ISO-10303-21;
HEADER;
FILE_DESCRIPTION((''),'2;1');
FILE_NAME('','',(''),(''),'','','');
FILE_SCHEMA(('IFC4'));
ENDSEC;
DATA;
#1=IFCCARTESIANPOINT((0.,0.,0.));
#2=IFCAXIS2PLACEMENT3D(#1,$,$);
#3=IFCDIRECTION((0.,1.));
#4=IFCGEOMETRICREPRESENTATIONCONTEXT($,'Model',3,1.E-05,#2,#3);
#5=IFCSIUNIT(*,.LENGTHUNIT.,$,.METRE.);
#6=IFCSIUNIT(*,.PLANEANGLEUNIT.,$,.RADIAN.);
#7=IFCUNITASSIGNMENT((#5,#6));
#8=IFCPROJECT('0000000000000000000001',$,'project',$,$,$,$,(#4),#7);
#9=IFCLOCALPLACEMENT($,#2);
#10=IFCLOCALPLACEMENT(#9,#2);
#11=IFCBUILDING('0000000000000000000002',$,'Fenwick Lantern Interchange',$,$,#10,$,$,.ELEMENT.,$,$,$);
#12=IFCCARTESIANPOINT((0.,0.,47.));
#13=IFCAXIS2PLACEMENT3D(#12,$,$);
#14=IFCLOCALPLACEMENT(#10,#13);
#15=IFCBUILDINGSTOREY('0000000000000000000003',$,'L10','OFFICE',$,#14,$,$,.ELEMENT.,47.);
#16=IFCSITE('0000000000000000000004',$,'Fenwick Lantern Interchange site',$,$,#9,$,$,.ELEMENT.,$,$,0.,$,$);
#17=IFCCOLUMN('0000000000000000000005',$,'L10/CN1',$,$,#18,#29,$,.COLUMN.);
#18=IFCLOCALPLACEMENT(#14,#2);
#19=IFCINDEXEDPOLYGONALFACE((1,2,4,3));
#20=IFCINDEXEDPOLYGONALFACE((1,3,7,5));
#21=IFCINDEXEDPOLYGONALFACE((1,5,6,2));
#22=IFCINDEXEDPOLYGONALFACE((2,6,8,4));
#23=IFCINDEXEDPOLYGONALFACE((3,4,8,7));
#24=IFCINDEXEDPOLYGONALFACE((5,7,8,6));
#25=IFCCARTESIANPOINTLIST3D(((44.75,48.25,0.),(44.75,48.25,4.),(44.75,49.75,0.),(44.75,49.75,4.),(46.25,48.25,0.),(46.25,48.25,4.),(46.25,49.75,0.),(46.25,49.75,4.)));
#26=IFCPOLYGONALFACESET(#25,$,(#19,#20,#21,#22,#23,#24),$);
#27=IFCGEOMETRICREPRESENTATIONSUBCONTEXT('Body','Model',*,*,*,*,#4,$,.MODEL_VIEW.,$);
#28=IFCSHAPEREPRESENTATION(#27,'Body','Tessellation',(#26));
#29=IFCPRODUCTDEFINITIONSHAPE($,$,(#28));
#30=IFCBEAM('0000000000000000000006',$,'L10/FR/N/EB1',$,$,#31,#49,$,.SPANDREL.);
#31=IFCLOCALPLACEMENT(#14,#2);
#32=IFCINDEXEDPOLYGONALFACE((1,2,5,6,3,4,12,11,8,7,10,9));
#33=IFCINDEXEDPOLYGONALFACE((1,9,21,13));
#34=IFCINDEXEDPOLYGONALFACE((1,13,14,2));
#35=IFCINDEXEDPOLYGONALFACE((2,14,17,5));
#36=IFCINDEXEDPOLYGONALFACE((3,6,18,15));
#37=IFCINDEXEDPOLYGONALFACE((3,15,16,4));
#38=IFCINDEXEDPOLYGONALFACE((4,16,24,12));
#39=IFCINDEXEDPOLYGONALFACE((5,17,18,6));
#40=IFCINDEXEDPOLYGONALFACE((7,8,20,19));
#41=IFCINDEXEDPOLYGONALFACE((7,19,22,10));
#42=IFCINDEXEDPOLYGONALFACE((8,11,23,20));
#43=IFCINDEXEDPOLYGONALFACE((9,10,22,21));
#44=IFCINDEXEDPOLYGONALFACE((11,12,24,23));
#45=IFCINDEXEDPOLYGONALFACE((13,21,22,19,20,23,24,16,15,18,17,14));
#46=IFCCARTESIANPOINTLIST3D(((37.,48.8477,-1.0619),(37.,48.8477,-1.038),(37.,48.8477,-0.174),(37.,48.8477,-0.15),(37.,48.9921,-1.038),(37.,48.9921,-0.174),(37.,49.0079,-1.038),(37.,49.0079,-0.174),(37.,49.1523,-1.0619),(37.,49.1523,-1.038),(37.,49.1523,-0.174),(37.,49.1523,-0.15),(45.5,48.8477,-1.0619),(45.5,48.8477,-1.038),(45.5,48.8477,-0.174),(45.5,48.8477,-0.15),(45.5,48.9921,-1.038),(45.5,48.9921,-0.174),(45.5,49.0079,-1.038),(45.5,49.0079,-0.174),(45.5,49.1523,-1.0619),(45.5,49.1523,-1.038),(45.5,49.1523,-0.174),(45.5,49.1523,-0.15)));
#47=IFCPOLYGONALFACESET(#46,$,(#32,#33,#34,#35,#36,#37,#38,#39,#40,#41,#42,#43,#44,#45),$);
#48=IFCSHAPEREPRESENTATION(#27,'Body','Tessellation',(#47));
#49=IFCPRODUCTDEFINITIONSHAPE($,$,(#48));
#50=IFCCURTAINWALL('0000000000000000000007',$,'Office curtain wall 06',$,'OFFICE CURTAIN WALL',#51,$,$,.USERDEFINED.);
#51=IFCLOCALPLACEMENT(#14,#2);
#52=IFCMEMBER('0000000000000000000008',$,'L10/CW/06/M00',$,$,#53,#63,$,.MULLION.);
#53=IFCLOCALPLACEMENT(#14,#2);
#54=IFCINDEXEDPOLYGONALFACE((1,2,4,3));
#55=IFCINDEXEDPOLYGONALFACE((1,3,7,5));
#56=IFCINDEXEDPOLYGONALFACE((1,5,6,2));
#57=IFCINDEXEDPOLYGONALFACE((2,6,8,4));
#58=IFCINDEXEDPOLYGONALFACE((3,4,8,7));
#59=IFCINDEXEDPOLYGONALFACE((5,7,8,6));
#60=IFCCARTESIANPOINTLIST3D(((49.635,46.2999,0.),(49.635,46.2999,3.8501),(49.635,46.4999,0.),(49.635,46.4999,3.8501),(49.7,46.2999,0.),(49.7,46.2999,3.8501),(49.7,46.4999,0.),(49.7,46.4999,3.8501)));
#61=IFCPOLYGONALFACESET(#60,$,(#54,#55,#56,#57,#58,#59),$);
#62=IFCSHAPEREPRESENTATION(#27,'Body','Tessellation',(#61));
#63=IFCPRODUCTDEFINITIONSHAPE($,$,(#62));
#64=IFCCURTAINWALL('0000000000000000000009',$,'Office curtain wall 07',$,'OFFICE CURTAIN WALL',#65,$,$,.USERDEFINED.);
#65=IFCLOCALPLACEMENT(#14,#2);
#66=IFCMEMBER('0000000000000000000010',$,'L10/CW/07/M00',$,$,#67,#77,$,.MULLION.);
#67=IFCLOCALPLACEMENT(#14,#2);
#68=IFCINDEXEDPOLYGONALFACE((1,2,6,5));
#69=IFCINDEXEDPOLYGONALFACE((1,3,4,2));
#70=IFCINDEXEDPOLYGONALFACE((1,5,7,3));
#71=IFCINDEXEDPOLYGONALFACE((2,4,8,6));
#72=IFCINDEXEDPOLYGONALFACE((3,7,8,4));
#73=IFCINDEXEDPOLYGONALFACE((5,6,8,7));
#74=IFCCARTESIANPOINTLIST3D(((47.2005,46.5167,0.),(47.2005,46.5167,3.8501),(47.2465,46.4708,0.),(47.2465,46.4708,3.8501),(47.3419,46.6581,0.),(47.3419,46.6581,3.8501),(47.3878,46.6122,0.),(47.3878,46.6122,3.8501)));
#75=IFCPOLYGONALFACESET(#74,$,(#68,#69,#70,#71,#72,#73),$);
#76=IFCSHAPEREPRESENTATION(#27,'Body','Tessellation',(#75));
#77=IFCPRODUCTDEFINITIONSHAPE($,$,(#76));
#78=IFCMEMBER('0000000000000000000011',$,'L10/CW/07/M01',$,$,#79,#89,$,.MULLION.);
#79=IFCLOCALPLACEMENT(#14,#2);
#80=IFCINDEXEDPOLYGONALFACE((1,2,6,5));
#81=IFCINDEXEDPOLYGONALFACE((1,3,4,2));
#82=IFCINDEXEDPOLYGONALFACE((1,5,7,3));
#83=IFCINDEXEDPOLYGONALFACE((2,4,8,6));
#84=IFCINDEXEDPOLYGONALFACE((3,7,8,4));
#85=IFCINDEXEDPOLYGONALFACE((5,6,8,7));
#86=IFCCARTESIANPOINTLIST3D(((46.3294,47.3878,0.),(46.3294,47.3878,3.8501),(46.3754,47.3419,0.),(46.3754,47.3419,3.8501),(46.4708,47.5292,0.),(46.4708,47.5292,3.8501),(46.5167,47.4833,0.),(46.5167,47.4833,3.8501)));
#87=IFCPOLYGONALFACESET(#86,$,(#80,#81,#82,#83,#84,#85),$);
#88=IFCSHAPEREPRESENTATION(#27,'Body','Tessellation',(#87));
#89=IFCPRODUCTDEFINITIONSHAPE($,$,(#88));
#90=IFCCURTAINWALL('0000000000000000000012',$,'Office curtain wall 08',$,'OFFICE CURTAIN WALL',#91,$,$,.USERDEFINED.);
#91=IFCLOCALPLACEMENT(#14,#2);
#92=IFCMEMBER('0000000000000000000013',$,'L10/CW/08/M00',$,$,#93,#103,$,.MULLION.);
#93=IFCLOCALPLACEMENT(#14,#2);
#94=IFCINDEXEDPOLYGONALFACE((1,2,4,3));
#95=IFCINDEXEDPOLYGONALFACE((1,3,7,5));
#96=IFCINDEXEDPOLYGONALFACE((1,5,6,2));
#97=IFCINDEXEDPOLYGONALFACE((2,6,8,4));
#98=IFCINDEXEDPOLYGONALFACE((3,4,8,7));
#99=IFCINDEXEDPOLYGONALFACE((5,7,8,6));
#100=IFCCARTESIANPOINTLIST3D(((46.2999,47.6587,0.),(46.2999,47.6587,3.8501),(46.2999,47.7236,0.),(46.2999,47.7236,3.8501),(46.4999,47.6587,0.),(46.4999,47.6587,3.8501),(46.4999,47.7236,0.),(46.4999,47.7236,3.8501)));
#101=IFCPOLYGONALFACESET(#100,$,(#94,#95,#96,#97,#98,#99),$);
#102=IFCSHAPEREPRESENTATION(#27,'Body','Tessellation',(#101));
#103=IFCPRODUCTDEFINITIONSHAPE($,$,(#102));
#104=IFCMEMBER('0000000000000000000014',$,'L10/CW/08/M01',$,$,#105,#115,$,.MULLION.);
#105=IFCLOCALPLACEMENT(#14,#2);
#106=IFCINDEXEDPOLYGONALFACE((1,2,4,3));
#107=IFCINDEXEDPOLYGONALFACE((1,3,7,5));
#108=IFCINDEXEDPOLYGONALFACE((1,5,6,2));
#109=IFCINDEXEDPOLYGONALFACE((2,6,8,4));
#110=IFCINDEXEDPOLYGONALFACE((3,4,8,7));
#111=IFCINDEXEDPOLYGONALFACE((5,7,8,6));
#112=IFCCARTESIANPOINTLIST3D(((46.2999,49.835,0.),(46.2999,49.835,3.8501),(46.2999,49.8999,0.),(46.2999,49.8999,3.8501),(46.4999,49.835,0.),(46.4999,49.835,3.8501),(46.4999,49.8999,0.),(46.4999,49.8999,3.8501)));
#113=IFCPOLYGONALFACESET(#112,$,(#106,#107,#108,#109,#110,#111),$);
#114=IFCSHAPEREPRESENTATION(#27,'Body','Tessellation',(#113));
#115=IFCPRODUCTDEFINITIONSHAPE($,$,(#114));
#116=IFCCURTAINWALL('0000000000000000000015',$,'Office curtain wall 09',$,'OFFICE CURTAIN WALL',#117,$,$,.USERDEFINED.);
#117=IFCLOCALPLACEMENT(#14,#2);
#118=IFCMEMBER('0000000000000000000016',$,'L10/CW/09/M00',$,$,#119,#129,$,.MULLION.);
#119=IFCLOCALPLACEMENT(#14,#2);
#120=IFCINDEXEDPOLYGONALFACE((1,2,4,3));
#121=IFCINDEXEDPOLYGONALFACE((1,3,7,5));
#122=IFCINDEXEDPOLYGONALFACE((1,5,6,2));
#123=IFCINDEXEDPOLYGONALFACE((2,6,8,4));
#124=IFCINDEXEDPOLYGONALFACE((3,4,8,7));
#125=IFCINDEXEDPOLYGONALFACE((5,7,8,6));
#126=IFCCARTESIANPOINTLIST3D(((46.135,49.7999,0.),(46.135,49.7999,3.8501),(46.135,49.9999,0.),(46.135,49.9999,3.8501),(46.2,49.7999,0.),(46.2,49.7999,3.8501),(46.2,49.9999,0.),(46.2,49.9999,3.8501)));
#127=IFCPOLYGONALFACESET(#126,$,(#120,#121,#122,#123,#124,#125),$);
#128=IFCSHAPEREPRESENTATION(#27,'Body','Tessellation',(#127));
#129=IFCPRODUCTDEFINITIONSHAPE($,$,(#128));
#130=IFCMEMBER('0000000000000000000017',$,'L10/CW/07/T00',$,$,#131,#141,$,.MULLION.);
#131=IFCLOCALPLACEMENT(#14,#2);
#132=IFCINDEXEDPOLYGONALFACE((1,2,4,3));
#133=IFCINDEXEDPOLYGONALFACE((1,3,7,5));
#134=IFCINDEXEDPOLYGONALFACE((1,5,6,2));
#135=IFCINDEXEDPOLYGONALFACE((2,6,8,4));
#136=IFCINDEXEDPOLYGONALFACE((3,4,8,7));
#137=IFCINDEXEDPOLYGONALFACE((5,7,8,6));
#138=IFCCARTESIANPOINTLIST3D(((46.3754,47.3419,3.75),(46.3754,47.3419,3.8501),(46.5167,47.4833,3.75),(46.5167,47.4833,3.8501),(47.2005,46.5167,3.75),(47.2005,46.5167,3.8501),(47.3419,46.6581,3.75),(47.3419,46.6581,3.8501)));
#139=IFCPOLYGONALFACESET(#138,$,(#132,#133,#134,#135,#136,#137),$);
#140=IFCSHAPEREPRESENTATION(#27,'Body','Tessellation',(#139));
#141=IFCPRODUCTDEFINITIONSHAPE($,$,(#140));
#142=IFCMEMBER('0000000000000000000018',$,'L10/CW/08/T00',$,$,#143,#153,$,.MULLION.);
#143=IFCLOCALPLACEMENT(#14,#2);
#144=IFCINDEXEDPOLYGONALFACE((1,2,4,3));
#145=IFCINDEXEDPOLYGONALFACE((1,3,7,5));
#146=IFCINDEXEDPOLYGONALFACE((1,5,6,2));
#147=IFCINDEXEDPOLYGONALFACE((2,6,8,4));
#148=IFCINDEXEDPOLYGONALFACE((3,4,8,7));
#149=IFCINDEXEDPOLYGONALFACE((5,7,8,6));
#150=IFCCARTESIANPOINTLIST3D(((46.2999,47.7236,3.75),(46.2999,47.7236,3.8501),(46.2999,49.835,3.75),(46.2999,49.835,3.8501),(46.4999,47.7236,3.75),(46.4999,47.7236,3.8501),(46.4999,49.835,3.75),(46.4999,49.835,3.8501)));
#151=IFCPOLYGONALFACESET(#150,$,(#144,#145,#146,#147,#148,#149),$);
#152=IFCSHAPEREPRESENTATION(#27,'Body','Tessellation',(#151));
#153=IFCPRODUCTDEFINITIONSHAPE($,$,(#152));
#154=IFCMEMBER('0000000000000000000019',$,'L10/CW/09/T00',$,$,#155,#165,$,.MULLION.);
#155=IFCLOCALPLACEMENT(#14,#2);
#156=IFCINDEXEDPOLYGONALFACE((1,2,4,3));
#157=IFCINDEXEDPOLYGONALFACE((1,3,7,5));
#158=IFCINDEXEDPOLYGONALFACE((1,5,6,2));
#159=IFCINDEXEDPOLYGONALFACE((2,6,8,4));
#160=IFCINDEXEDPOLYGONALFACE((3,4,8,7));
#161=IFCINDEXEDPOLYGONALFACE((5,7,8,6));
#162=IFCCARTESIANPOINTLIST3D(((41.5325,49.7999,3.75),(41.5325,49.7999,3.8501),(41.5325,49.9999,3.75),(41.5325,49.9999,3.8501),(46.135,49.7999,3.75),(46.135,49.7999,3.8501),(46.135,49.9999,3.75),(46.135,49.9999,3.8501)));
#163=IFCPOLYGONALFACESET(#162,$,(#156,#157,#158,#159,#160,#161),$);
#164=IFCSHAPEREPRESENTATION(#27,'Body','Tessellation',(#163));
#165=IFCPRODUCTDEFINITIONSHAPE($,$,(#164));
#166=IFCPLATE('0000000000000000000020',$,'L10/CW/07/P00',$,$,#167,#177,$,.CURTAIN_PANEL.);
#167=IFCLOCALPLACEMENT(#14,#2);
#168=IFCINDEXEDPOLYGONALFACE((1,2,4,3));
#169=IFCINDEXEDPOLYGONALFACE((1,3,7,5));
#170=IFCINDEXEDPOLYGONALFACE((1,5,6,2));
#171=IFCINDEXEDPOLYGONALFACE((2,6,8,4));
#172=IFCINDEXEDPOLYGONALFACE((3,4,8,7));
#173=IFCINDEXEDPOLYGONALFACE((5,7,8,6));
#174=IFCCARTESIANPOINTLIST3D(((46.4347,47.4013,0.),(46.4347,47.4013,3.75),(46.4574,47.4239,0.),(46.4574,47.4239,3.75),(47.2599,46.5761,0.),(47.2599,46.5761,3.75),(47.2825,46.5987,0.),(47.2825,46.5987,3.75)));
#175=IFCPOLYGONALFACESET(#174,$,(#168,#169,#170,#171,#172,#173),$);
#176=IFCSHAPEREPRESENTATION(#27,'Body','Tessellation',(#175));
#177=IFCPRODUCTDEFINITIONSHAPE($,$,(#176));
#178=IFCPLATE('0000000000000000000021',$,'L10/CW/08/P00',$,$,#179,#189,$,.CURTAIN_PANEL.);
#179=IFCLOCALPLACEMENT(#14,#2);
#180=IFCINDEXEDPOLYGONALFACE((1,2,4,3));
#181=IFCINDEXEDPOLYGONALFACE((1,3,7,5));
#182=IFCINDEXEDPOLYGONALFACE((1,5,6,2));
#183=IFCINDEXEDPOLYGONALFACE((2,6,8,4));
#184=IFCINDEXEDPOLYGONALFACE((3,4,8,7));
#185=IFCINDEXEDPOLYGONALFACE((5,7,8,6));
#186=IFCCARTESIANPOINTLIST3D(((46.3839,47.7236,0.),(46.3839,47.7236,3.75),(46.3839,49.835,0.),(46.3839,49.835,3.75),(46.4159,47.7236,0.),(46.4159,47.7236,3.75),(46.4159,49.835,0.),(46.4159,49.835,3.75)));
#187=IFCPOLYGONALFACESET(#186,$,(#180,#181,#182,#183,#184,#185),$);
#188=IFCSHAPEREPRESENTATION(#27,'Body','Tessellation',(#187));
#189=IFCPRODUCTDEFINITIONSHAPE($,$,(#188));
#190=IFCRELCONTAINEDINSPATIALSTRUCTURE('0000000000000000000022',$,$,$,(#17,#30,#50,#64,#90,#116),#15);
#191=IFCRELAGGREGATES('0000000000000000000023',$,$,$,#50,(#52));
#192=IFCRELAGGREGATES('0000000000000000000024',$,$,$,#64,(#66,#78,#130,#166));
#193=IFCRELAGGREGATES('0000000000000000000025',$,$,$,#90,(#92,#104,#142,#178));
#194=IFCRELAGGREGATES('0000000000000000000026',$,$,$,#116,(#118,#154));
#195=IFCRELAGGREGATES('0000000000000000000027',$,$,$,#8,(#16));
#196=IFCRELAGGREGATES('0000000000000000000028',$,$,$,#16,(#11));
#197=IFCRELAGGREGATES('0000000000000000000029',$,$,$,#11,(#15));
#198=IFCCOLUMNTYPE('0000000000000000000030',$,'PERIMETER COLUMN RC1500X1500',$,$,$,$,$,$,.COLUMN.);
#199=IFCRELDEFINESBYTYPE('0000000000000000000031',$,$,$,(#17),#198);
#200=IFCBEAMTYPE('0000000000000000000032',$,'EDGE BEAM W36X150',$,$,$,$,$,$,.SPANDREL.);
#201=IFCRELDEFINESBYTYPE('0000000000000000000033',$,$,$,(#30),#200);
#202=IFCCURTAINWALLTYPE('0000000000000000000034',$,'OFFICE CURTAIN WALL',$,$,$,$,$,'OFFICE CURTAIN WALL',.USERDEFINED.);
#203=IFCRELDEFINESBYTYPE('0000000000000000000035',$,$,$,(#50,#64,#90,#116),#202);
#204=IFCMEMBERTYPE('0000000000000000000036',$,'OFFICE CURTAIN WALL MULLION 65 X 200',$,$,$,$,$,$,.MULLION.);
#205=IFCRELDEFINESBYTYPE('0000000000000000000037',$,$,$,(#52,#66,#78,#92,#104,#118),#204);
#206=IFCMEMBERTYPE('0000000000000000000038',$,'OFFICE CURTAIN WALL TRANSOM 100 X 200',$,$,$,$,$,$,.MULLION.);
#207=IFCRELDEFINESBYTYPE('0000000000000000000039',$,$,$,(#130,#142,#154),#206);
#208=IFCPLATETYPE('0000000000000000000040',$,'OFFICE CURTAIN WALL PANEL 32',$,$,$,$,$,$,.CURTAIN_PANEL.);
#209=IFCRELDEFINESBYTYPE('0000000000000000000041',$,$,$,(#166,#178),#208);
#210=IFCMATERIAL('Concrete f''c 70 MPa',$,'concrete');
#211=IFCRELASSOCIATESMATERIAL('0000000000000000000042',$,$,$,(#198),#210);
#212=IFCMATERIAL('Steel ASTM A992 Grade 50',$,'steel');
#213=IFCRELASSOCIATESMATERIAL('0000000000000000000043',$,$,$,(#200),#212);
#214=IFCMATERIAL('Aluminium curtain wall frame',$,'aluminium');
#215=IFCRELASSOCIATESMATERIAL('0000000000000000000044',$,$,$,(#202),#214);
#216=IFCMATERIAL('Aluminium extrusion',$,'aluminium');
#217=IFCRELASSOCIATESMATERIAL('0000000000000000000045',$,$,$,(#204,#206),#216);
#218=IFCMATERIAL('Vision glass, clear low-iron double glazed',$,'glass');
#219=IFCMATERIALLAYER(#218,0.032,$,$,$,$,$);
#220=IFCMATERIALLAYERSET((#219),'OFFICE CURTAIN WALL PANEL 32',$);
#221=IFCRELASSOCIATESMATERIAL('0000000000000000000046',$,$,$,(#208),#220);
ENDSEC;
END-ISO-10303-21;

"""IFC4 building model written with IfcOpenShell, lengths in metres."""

from ifc_helpers import new_model, si_unit, direction, frame, origin, origin_2d, place, context, subcontext, project, spatial, rectangle, i_section, extrude, material, layer, layer_set, material_profile, profile_set, type_object, element, aggregate, save


model = new_model("IFC4")

# Units and contexts
model_context = context("Model", 3, precision=1e-05, world=origin(), true_north=direction((0.0, 1.0)))
body_context = subcontext(model_context, "Body", "Model", "MODEL_VIEW")
ifc_project = project(units=[si_unit("LENGTHUNIT", "METRE"), si_unit("PLANEANGLEUNIT", "RADIAN")], contexts=[model_context])

# Site, building, storey
site_placement = place(None, origin())
site = spatial("IfcSite", under=ifc_project, at=site_placement, Name="Fenwick Lantern Interchange site", CompositionType="ELEMENT", RefElevation=0.0)
building_placement = place(site_placement, origin())
building = spatial("IfcBuilding", under=site, at=building_placement, Name="Fenwick Lantern Interchange", CompositionType="ELEMENT")
storey_placement = place(building_placement, frame((0.0, 0.0, 47.0)))
storey = spatial("IfcBuildingStorey", under=building, at=storey_placement, Name="L10", Description="OFFICE", CompositionType="ELEMENT", Elevation=47.0)

# Column
ifc_material_1 = material(Name="Concrete f'c 70 MPa", Category="concrete")
ifc_material_profile_1 = material_profile(ifc_material_1, rectangle(XDim=1.5, YDim=1.5, at=origin_2d()), Name="RC1500X1500")
ifc_profile_set_1 = profile_set([ifc_material_profile_1], Name="Concrete f'c 70 MPa")
column_type = type_object("IfcColumnType", Name="PERIMETER COLUMN RC1500X1500", PredefinedType="COLUMN", material=ifc_profile_set_1)
column_placement = place(storey_placement, frame((45.5, 49.0, 0.0), z_axis=(0.0, 0.0, 1.0), x_axis=(1.0, 0.0, 0.0)))
element("IfcColumn", 1, at=column_placement, inside=storey, type_object=column_type, Name="L10/CN1", PredefinedType="COLUMN", context=body_context, shape_type="SweptSolid", body=[
    extrude(rectangle(XDim=1.5, YDim=1.5, at=origin_2d()), origin(), (0.0, 0.0, 1.0), 4.0),
])

# Beam
ifc_material_2 = material(Name="Steel ASTM A992 Grade 50", Category="steel")
ifc_material_profile_2 = material_profile(ifc_material_2, i_section(OverallWidth=0.3047, OverallDepth=0.9119, WebThickness=0.0159, FlangeThickness=0.0239, at=origin_2d()), Name="W36X150")
ifc_profile_set_2 = profile_set([ifc_material_profile_2], Name="Steel ASTM A992 Grade 50")
beam_type = type_object("IfcBeamType", Name="EDGE BEAM W36X150", PredefinedType="SPANDREL", material=ifc_profile_set_2)
beam_placement = place(storey_placement, frame((45.5, 49.0, -0.606), z_axis=(-1.0, 0.0, 0.0), x_axis=(0.0, -1.0, 0.0)))
element("IfcBeam", 2, at=beam_placement, inside=storey, type_object=beam_type, Name="L10/FR/N/EB1", PredefinedType="SPANDREL", context=body_context, shape_type="SweptSolid", body=[
    extrude(i_section(OverallWidth=0.3047, OverallDepth=0.9119, WebThickness=0.0159, FlangeThickness=0.0239, at=origin_2d()), origin(), (0.0, 0.0, 1.0), 8.5),
])

# Curtain wall, member
ifc_material_3 = material(Name="Aluminium curtain wall frame", Category="aluminium")
curtain_wall_type = type_object("IfcCurtainWallType", Name="OFFICE CURTAIN WALL", ElementType="OFFICE CURTAIN WALL", PredefinedType="USERDEFINED", material=ifc_material_3)
curtain_wall_1_placement = place(storey_placement, origin())
curtain_wall_1 = element("IfcCurtainWall", 3, at=curtain_wall_1_placement, inside=storey, type_object=curtain_wall_type, Name="Office curtain wall 06", ObjectType="OFFICE CURTAIN WALL", PredefinedType="USERDEFINED")
ifc_material_4 = material(Name="Aluminium extrusion", Category="aluminium")
ifc_material_profile_3 = material_profile(ifc_material_4, rectangle(XDim=0.2, YDim=0.0649, at=origin_2d()), Name="OFFICE CURTAIN WALL MULLION 65 X 200")
ifc_profile_set_3 = profile_set([ifc_material_profile_3], Name="Aluminium extrusion")
member_type_1 = type_object("IfcMemberType", Name="OFFICE CURTAIN WALL MULLION 65 X 200", PredefinedType="MULLION", material=ifc_profile_set_3)
member_1_placement = place(storey_placement, frame((49.6675, 46.3999, 0.0), z_axis=(0.0, 0.0, 1.0), x_axis=(0.0, -1.0, 0.0)))
member_1 = element("IfcMember", 4, at=member_1_placement, type_object=member_type_1, Name="L10/CW/06/M00", PredefinedType="MULLION", context=body_context, shape_type="SweptSolid", body=[
    extrude(rectangle(XDim=0.2, YDim=0.0649, at=origin_2d()), origin(), (0.0, 0.0, 1.0), 3.8501),
])
aggregate(curtain_wall_1, [member_1])

# Curtain walls, members
curtain_wall_2_placement = place(storey_placement, origin())
curtain_wall_2 = element("IfcCurtainWall", 5, at=curtain_wall_2_placement, inside=storey, type_object=curtain_wall_type, Name="Office curtain wall 07", ObjectType="OFFICE CURTAIN WALL", PredefinedType="USERDEFINED")
member_2_placement = place(storey_placement, frame((47.2942, 46.5645, 0.0), z_axis=(0.0, 0.0, 1.0), x_axis=(-0.707107, -0.707107, 0.0)))
member_2 = element("IfcMember", 6, at=member_2_placement, type_object=member_type_1, Name="L10/CW/07/M00", PredefinedType="MULLION", context=body_context, shape_type="SweptSolid", body=[
    extrude(rectangle(XDim=0.2, YDim=0.0649, at=origin_2d()), origin(), (0.0, 0.0, 1.0), 3.8501),
])
member_3_placement = place(storey_placement, frame((46.4231, 47.4355, 0.0), z_axis=(0.0, 0.0, 1.0), x_axis=(-0.707107, -0.707107, 0.0)))
member_3 = element("IfcMember", 7, at=member_3_placement, type_object=member_type_1, Name="L10/CW/07/M01", PredefinedType="MULLION", context=body_context, shape_type="SweptSolid", body=[
    extrude(rectangle(XDim=0.2, YDim=0.0649, at=origin_2d()), origin(), (0.0, 0.0, 1.0), 3.8501),
])
curtain_wall_3_placement = place(storey_placement, origin())
curtain_wall_3 = element("IfcCurtainWall", 8, at=curtain_wall_3_placement, inside=storey, type_object=curtain_wall_type, Name="Office curtain wall 08", ObjectType="OFFICE CURTAIN WALL", PredefinedType="USERDEFINED")
member_4_placement = place(storey_placement, frame((46.3999, 47.6912, 0.0), z_axis=(0.0, 0.0, 1.0), x_axis=(-1.0, 0.0, 0.0)))
member_4 = element("IfcMember", 9, at=member_4_placement, type_object=member_type_1, Name="L10/CW/08/M00", PredefinedType="MULLION", context=body_context, shape_type="SweptSolid", body=[
    extrude(rectangle(XDim=0.2, YDim=0.0649, at=origin_2d()), origin(), (0.0, 0.0, 1.0), 3.8501),
])
member_5_placement = place(storey_placement, frame((46.3999, 49.8674, 0.0), z_axis=(0.0, 0.0, 1.0), x_axis=(-1.0, 0.0, 0.0)))
member_5 = element("IfcMember", 10, at=member_5_placement, type_object=member_type_1, Name="L10/CW/08/M01", PredefinedType="MULLION", context=body_context, shape_type="SweptSolid", body=[
    extrude(rectangle(XDim=0.2, YDim=0.0649, at=origin_2d()), origin(), (0.0, 0.0, 1.0), 3.8501),
])

# Curtain wall, member
curtain_wall_4_placement = place(storey_placement, origin())
curtain_wall_4 = element("IfcCurtainWall", 11, at=curtain_wall_4_placement, inside=storey, type_object=curtain_wall_type, Name="Office curtain wall 09", ObjectType="OFFICE CURTAIN WALL", PredefinedType="USERDEFINED")
member_6_placement = place(storey_placement, frame((46.1675, 49.8999, 0.0), z_axis=(0.0, 0.0, 1.0), x_axis=(0.0, -1.0, 0.0)))
member_6 = element("IfcMember", 12, at=member_6_placement, type_object=member_type_1, Name="L10/CW/09/M00", PredefinedType="MULLION", context=body_context, shape_type="SweptSolid", body=[
    extrude(rectangle(XDim=0.2, YDim=0.0649, at=origin_2d()), origin(), (0.0, 0.0, 1.0), 3.8501),
])

# Members
ifc_material_profile_4 = material_profile(ifc_material_4, rectangle(XDim=0.2, YDim=0.1001, at=origin_2d()), Name="OFFICE CURTAIN WALL TRANSOM 100 X 200")
ifc_profile_set_4 = profile_set([ifc_material_profile_4], Name="Aluminium extrusion")
member_type_2 = type_object("IfcMemberType", Name="OFFICE CURTAIN WALL TRANSOM 100 X 200", PredefinedType="MULLION", material=ifc_profile_set_4)
member_7_placement = place(storey_placement, frame((47.2712, 46.5874, 3.8), z_axis=(-0.707107, 0.707107, 0.0), x_axis=(-0.707107, -0.707107, 0.0)))
member_7 = element("IfcMember", 13, at=member_7_placement, type_object=member_type_2, Name="L10/CW/07/T00", PredefinedType="MULLION", context=body_context, shape_type="SweptSolid", body=[
    extrude(rectangle(XDim=0.2, YDim=0.1001, at=origin_2d()), origin(), (0.0, 0.0, 1.0), 1.167),
])
member_8_placement = place(storey_placement, frame((46.3999, 47.7236, 3.8), z_axis=(0.0, 1.0, 0.0), x_axis=(-1.0, 0.0, 0.0)))
member_8 = element("IfcMember", 14, at=member_8_placement, type_object=member_type_2, Name="L10/CW/08/T00", PredefinedType="MULLION", context=body_context, shape_type="SweptSolid", body=[
    extrude(rectangle(XDim=0.2, YDim=0.1001, at=origin_2d()), origin(), (0.0, 0.0, 1.0), 2.1113),
])
member_9_placement = place(storey_placement, frame((46.135, 49.8999, 3.8), z_axis=(-1.0, 0.0, 0.0), x_axis=(0.0, -1.0, 0.0)))
member_9 = element("IfcMember", 15, at=member_9_placement, type_object=member_type_2, Name="L10/CW/09/T00", PredefinedType="MULLION", context=body_context, shape_type="SweptSolid", body=[
    extrude(rectangle(XDim=0.2, YDim=0.1001, at=origin_2d()), origin(), (0.0, 0.0, 1.0), 4.6025),
])

# Plates
ifc_material_5 = material(Name="Vision glass, clear low-iron double glazed", Category="glass")
ifc_layer_1 = layer(ifc_material_5, 0.032)
ifc_layer_set_1 = layer_set([ifc_layer_1], Name="OFFICE CURTAIN WALL PANEL 32")
plate_type = type_object("IfcPlateType", Name="OFFICE CURTAIN WALL PANEL 32", PredefinedType="CURTAIN_PANEL", material=ifc_layer_set_1)
plate_1_placement = place(storey_placement, frame((46.8586, 47.0, 0.0), z_axis=(0.0, 0.0, 1.0), x_axis=(-0.707107, 0.707107, 0.0)))
plate_1 = element("IfcPlate", 16, at=plate_1_placement, type_object=plate_type, Name="L10/CW/07/P00", PredefinedType="CURTAIN_PANEL", context=body_context, shape_type="SweptSolid", body=[
    extrude(rectangle(XDim=1.167, YDim=0.032, at=origin_2d()), origin(), (0.0, 0.0, 1.0), 3.75),
])
aggregate(curtain_wall_2, [member_2, member_3, member_7, plate_1])
plate_2_placement = place(storey_placement, frame((46.3999, 48.7793, 0.0), z_axis=(0.0, 0.0, 1.0), x_axis=(0.0, 1.0, 0.0)))
plate_2 = element("IfcPlate", 17, at=plate_2_placement, type_object=plate_type, Name="L10/CW/08/P00", PredefinedType="CURTAIN_PANEL", context=body_context, shape_type="SweptSolid", body=[
    extrude(rectangle(XDim=2.1113, YDim=0.032, at=origin_2d()), origin(), (0.0, 0.0, 1.0), 3.75),
])
aggregate(curtain_wall_3, [member_4, member_5, member_8, plate_2])
aggregate(curtain_wall_4, [member_6, member_9])

save(model, "model.ifc")
